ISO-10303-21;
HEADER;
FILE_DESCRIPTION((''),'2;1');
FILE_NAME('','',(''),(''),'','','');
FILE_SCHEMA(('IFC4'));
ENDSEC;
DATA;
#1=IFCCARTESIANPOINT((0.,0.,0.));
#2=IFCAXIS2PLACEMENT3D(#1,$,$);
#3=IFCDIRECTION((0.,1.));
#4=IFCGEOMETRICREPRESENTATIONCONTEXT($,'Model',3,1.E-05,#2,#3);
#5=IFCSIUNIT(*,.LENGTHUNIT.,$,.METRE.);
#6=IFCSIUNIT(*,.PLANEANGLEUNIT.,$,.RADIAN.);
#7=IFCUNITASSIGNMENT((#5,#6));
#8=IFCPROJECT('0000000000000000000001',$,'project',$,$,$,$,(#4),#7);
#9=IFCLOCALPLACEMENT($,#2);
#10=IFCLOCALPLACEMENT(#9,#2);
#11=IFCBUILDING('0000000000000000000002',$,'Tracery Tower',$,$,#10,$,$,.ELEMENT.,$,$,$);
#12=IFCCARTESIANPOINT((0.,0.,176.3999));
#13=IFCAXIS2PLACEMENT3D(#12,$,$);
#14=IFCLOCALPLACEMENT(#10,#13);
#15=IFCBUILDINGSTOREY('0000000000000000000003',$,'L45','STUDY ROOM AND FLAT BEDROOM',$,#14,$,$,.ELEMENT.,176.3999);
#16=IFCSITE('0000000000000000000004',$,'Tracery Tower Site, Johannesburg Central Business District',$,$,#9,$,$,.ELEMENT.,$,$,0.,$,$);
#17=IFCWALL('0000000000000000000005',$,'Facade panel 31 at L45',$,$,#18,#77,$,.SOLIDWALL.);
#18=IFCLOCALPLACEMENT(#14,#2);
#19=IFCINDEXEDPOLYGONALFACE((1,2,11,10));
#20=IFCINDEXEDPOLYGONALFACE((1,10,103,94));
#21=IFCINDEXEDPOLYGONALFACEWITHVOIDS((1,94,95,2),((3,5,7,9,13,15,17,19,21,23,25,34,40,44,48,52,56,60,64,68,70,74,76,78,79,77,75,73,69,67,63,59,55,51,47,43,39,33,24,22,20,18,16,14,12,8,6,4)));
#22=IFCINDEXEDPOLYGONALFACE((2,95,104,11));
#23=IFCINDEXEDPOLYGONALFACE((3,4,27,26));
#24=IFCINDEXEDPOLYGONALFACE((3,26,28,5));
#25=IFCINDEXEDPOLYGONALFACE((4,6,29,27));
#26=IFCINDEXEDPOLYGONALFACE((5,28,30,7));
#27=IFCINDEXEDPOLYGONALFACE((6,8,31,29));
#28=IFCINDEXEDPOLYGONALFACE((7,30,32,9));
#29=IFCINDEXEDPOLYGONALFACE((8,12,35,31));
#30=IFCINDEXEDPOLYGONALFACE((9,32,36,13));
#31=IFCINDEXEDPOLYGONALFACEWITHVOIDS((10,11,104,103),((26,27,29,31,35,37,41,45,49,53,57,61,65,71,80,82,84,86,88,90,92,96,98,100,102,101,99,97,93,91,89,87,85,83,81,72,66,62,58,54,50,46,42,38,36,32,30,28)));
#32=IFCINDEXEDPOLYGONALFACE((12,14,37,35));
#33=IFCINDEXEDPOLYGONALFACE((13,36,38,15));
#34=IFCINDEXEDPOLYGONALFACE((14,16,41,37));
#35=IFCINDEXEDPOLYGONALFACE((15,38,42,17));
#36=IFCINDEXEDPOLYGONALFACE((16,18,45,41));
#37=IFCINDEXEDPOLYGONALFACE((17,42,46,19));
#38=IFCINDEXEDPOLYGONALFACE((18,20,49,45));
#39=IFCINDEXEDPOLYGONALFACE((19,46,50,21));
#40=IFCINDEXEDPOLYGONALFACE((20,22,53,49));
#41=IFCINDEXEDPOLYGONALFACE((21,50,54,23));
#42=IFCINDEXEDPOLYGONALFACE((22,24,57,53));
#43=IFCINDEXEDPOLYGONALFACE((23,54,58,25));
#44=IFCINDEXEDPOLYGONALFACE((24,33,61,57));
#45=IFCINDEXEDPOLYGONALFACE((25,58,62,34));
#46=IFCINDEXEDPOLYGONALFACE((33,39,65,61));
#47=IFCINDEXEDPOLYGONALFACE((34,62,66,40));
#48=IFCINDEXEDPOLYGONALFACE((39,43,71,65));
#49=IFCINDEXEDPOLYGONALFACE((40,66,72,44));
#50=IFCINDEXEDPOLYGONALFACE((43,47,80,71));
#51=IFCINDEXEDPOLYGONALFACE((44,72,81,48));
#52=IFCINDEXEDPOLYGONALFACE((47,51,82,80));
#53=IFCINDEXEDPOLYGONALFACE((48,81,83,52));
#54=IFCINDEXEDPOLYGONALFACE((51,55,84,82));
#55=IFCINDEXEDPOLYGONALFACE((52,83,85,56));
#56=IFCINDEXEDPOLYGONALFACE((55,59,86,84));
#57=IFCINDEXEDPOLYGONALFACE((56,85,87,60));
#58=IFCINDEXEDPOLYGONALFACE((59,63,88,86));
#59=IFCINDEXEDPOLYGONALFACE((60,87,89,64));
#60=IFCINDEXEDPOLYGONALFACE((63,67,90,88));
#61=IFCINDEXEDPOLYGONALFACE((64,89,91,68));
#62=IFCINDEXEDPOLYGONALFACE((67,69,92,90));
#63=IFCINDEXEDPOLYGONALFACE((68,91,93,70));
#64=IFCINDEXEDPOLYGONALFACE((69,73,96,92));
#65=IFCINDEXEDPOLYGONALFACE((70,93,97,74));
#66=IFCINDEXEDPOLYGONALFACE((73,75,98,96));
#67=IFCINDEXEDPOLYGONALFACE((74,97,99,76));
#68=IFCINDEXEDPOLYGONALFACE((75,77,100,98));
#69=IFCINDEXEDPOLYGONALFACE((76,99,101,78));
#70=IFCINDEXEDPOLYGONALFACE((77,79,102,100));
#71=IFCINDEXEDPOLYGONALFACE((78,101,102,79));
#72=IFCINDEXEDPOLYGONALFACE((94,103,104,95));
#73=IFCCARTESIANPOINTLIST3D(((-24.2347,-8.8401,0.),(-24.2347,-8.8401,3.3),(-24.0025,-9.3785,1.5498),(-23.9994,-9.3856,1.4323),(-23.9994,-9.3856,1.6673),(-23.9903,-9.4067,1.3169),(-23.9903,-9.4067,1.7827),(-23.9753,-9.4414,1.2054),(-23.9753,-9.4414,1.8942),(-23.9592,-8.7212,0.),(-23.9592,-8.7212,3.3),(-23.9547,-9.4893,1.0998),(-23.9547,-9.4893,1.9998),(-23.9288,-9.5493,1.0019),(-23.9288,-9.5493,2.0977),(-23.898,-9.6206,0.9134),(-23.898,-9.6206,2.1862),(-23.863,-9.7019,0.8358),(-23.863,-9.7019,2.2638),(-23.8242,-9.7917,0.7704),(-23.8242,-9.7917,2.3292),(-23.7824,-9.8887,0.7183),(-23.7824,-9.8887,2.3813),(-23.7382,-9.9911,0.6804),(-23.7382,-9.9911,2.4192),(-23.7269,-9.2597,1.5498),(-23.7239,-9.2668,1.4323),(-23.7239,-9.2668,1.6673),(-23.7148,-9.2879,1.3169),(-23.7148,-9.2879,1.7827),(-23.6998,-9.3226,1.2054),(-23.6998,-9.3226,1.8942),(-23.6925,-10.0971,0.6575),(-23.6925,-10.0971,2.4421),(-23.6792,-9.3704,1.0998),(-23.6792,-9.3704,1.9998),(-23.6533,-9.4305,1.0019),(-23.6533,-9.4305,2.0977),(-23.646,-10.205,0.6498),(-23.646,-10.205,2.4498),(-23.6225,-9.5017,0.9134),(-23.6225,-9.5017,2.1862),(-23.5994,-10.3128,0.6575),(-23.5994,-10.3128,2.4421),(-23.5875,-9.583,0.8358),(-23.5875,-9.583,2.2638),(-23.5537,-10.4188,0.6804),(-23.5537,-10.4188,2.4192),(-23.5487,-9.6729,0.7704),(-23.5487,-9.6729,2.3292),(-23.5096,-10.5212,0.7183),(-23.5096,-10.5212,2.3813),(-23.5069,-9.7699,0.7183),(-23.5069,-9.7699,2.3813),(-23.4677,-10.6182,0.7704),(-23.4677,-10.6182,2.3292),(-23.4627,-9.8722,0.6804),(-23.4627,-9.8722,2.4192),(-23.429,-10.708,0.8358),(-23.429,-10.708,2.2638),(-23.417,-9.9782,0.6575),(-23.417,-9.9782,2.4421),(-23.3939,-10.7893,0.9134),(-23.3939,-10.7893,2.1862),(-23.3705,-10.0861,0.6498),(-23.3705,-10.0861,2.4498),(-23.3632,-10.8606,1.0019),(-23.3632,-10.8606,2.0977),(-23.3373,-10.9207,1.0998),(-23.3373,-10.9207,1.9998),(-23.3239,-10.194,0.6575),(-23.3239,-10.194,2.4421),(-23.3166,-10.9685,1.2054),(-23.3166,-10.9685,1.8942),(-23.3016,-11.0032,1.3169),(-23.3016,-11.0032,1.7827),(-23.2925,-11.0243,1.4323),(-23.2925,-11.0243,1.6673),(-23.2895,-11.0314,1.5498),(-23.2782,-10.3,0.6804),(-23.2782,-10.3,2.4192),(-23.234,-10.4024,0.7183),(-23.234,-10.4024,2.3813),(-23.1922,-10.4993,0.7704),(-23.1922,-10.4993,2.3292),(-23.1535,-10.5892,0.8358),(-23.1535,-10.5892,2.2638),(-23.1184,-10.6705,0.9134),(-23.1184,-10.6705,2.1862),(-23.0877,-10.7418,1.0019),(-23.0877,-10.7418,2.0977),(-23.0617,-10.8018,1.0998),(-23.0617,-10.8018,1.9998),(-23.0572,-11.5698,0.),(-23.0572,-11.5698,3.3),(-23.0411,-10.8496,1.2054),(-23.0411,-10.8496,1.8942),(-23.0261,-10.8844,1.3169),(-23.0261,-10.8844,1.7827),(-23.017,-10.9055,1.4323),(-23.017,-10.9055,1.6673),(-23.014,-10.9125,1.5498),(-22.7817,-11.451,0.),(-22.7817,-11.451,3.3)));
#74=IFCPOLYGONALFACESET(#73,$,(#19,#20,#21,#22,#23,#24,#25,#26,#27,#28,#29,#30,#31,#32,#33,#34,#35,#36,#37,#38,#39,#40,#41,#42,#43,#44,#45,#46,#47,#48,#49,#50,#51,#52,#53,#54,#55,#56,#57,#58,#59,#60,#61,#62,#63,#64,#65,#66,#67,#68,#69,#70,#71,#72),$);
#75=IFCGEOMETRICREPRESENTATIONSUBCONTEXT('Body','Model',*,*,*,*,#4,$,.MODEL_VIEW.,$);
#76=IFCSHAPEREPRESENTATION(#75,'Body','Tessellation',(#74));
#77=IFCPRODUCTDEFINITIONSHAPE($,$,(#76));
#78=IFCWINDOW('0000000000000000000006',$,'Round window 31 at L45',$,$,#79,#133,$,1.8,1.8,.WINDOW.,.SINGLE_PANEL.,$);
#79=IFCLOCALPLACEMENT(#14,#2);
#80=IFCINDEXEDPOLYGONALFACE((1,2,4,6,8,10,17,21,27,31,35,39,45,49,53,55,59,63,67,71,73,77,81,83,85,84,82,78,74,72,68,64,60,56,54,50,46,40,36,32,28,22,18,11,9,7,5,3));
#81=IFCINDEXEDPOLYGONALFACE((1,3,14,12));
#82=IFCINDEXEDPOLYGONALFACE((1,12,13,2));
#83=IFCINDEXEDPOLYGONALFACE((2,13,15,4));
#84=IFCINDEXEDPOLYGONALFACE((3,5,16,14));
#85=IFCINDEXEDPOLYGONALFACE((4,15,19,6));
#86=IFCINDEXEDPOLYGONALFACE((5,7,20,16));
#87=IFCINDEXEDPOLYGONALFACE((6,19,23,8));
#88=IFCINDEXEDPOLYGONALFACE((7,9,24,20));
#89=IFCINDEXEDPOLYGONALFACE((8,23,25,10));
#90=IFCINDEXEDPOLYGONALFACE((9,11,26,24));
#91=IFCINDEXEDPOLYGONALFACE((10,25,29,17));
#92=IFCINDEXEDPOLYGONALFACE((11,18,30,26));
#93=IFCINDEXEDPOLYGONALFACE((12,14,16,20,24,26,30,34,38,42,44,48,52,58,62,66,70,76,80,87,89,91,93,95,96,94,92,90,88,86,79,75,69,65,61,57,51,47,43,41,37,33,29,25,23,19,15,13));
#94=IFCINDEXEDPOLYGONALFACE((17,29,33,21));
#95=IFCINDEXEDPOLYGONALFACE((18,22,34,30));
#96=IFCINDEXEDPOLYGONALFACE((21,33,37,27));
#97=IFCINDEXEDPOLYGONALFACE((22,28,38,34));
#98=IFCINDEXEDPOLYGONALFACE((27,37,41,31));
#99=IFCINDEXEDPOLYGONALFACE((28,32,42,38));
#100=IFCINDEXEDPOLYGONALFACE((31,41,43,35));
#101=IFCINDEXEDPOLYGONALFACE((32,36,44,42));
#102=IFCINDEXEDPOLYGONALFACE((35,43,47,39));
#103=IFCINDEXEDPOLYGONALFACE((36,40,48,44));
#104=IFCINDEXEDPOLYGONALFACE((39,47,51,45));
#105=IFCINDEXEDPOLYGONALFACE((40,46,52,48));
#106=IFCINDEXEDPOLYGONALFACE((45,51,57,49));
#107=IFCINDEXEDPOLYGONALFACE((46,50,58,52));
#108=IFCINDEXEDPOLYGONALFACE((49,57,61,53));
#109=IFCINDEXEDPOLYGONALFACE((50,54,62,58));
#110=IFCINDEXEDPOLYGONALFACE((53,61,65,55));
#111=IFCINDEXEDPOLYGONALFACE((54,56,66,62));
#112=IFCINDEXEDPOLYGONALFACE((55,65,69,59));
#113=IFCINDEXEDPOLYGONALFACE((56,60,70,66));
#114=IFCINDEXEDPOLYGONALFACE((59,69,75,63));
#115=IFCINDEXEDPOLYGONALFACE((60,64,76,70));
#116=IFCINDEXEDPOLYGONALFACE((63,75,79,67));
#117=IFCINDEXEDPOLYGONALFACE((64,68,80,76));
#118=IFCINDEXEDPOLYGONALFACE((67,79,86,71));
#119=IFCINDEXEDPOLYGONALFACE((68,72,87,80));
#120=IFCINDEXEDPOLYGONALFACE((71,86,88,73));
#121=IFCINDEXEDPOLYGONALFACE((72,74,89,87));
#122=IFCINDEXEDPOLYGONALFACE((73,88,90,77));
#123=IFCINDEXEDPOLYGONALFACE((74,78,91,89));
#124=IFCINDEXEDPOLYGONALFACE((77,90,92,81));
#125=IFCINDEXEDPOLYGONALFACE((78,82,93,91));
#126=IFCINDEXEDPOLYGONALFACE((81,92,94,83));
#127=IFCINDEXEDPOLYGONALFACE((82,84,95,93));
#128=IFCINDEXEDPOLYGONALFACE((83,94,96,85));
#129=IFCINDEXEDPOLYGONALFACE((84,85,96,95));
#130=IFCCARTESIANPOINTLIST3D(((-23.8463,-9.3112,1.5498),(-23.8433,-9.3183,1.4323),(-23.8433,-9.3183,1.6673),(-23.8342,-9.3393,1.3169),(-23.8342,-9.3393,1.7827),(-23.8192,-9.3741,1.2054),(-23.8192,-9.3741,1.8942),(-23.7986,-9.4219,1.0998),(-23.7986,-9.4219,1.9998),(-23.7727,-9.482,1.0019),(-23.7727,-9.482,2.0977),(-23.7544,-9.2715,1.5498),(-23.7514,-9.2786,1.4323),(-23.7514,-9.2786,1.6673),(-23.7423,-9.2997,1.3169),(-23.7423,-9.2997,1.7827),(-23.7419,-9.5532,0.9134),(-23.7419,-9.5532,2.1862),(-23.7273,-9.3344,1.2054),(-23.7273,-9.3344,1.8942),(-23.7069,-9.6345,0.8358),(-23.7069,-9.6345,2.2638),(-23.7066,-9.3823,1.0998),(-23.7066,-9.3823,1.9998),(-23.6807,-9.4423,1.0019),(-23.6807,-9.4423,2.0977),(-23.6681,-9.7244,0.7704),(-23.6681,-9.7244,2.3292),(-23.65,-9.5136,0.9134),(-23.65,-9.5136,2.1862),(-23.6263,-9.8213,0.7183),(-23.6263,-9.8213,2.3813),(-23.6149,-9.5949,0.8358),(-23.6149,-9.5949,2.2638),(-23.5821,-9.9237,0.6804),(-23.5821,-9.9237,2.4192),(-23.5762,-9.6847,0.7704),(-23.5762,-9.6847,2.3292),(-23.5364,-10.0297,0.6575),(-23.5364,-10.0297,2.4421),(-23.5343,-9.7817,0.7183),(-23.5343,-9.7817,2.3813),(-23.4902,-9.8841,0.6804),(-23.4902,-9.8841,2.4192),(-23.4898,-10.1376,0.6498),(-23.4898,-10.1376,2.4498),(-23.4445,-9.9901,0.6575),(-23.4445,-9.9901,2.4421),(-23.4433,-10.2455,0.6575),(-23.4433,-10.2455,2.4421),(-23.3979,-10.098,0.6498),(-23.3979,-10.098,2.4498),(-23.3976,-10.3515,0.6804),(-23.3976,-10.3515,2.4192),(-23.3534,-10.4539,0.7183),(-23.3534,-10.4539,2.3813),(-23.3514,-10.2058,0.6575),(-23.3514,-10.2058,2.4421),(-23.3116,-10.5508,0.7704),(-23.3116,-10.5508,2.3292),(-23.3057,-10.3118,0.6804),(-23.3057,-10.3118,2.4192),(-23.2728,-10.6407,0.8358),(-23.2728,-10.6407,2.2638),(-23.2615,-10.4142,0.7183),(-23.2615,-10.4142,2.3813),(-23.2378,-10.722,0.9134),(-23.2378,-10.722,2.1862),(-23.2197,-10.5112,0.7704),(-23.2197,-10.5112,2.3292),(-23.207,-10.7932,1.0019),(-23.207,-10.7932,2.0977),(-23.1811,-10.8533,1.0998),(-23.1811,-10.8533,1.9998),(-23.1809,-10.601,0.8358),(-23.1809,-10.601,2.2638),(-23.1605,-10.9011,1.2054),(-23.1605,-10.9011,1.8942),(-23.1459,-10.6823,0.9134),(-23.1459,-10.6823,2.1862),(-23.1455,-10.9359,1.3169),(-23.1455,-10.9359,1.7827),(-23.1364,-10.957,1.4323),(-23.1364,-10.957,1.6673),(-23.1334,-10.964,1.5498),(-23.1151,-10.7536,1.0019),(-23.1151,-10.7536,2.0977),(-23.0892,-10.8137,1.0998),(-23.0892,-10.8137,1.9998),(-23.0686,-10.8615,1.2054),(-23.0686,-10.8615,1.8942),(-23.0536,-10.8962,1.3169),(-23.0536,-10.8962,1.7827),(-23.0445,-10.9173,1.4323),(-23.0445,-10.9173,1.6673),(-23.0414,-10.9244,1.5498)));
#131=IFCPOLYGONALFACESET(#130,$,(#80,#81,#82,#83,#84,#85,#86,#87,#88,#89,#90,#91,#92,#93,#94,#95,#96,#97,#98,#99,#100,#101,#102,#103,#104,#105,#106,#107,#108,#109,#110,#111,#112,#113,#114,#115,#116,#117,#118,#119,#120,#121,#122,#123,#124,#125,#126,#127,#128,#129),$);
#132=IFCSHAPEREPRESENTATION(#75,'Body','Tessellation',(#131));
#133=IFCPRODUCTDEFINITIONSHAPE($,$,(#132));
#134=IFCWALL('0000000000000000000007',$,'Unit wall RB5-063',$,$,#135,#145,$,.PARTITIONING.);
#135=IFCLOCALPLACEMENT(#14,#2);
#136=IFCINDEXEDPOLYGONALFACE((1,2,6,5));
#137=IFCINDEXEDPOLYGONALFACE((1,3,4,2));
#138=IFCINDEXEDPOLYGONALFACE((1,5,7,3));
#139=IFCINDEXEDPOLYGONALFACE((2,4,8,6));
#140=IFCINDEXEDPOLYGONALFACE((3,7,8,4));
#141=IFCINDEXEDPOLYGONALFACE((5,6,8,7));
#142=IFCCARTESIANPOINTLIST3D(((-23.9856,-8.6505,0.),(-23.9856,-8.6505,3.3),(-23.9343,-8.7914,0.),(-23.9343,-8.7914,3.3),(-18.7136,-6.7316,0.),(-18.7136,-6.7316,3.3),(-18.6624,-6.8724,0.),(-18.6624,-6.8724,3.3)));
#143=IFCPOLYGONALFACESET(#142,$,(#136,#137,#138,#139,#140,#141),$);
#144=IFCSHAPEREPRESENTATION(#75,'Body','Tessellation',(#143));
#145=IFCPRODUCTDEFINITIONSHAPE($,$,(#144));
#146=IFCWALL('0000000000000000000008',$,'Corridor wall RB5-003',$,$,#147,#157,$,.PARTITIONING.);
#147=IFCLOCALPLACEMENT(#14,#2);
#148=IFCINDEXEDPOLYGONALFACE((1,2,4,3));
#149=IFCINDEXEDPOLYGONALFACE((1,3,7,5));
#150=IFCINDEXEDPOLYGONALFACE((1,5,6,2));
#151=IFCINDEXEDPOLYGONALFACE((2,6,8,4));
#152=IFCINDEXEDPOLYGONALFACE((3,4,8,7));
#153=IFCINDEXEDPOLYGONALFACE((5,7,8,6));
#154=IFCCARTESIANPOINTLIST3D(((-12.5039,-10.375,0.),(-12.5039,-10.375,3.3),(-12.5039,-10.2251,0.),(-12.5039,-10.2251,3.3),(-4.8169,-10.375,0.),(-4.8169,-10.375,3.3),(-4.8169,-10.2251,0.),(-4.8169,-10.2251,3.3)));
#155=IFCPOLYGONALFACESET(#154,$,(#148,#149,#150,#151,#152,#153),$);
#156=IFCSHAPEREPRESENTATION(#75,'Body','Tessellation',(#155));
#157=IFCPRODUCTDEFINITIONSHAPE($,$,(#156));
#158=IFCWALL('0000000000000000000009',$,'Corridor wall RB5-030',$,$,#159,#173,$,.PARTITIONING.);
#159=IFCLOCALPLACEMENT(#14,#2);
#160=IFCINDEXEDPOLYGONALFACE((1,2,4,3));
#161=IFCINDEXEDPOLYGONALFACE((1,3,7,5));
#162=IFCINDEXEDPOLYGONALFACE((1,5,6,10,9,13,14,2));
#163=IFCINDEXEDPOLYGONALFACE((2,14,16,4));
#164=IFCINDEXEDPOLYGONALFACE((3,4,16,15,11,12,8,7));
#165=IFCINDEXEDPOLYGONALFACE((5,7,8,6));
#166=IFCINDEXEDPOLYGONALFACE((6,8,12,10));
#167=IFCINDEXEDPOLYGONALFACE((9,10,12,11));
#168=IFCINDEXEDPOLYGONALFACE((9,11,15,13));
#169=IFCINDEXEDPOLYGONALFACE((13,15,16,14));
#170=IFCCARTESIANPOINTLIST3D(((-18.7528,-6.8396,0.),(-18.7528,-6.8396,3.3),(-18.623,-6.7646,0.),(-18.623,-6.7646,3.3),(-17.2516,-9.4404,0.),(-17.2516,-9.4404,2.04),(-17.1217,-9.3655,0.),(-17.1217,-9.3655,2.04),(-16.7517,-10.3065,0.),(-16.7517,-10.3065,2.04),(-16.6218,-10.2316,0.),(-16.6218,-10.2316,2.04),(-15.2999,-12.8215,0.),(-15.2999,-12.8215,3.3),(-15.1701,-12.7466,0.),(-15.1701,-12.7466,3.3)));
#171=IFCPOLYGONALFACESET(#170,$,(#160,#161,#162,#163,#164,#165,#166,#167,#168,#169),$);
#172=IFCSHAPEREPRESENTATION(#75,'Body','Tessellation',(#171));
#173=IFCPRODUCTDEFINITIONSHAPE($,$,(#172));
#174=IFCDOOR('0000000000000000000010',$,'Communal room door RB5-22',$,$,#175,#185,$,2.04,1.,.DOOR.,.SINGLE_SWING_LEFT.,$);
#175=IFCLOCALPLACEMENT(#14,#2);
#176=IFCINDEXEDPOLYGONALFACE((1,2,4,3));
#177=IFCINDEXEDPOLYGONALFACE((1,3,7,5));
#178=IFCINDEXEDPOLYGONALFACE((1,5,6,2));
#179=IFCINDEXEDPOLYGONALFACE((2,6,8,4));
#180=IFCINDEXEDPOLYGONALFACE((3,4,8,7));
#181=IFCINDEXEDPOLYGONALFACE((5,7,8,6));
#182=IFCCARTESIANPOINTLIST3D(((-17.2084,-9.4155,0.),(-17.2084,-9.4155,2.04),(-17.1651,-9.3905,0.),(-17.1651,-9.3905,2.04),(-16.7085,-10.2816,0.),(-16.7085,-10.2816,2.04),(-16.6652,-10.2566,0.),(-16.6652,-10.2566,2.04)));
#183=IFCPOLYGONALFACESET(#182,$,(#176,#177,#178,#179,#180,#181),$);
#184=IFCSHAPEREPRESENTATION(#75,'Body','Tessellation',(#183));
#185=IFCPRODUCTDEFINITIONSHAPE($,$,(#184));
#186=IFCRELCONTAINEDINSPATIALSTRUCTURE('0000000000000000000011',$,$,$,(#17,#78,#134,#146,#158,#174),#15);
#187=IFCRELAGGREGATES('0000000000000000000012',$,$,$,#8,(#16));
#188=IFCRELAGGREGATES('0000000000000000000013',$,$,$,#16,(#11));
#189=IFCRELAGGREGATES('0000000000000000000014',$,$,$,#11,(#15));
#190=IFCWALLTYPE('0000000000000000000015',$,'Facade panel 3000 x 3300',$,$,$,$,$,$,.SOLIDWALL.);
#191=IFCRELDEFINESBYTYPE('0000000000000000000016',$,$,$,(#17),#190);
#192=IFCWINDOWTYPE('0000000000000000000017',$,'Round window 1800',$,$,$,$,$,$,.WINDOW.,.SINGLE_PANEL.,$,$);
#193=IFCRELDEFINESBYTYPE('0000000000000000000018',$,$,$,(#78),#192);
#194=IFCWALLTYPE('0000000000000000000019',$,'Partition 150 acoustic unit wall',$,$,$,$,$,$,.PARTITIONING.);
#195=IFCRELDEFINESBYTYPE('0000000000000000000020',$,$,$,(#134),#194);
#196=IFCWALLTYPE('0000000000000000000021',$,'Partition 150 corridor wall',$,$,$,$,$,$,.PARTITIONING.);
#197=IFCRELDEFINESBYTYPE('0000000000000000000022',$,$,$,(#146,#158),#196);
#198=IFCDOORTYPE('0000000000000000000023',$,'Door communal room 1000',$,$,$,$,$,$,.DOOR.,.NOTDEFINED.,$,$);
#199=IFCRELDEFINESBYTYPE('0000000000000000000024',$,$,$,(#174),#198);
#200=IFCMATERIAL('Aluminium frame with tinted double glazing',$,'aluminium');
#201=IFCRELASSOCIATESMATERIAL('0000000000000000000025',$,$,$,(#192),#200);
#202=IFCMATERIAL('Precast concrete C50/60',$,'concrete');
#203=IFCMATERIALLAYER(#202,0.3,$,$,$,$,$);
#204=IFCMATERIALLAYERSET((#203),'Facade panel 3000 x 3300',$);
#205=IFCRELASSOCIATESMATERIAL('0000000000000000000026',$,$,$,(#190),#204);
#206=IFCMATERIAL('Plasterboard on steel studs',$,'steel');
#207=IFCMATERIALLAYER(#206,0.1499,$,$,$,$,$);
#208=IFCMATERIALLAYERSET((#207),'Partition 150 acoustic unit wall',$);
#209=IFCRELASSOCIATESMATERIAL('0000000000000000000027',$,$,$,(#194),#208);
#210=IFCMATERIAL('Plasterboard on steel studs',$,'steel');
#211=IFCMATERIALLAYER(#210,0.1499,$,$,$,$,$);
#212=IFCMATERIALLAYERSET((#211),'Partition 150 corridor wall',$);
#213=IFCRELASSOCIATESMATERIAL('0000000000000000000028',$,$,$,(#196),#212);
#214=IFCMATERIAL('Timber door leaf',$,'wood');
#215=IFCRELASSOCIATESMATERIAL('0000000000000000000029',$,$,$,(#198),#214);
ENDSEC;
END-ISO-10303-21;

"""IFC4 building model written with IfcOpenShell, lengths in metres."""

from ifc_helpers import new_model, si_unit, direction, frame, frame_2d, origin, origin_2d, place, context, subcontext, project, spatial, rectangle, circle, extrude, material, layer, layer_set, type_object, element, fill, save


model = new_model("IFC4")

# Units and contexts
model_context = context("Model", 3, precision=1e-05, world=origin(), true_north=direction((0.0, 1.0)))
body_context = subcontext(model_context, "Body", "Model", "MODEL_VIEW")
ifc_project = project(units=[si_unit("LENGTHUNIT", "METRE"), si_unit("PLANEANGLEUNIT", "RADIAN")], contexts=[model_context])

# Site, building, storey
site_placement = place(None, origin())
site = spatial("IfcSite", under=ifc_project, at=site_placement, Name="Tracery Tower Site, Johannesburg Central Business District", CompositionType="ELEMENT", RefElevation=0.0)
building_placement = place(site_placement, origin())
building = spatial("IfcBuilding", under=site, at=building_placement, Name="Tracery Tower", CompositionType="ELEMENT")
storey_placement = place(building_placement, frame((0.0, 0.0, 176.3999)))
storey = spatial("IfcBuildingStorey", under=building, at=storey_placement, Name="L45", Description="STUDY ROOM AND FLAT BEDROOM", CompositionType="ELEMENT", Elevation=176.3999)

# Wall, opening, window
ifc_material_1 = material(Name="Aluminium frame with tinted double glazing", Category="aluminium")
window_type = type_object("IfcWindowType", Name="Round window 1800", PartitioningType="SINGLE_PANEL", PredefinedType="WINDOW", material=ifc_material_1)
ifc_material_2 = material(Name="Precast concrete C50/60", Category="concrete")
ifc_layer_1 = layer(ifc_material_2, 0.3)
ifc_layer_set_1 = layer_set([ifc_layer_1], Name="Facade panel 3000 x 3300")
wall_type_1 = type_object("IfcWallType", Name="Facade panel 3000 x 3300", PredefinedType="SOLIDWALL", material=ifc_layer_set_1)
wall_1_placement = place(storey_placement, frame((-24.0969, -8.7808, 0.0), z_axis=(0.0, 0.0, 1.0), x_axis=(0.396079, -0.918216, 0.0)))
wall_1 = element("IfcWall", 1, at=wall_1_placement, inside=storey, type_object=wall_type_1, Name="Facade panel 31 at L45", PredefinedType="SOLIDWALL", context=body_context, shape_type="SweptSolid", body=[
    extrude(rectangle(XDim=2.9729, YDim=0.3, at=frame_2d((1.4863, 0.0))), origin(), (0.0, 0.0, 1.0), 3.3),
])
opening_1_placement = place(wall_1_placement, frame((1.4863, 0.0, 1.5498)))
opening_1 = element("IfcOpeningElement", 2, at=opening_1_placement, cuts=wall_1, PredefinedType="OPENING", context=body_context, shape_type="SweptSolid", body=[
    extrude(circle(Radius=0.9, at=origin_2d()), frame((0.0, 0.1599, 0.0), z_axis=(0.0, -1.0, 0.0), x_axis=(1.0, 0.0, 0.0)), (0.0, 0.0, 1.0), 0.3201),
])
window_1_placement = place(opening_1_placement, origin())
window_1 = element("IfcWindow", 3, at=window_1_placement, inside=storey, type_object=window_type, Name="Round window 31 at L45", OverallHeight=1.8, OverallWidth=1.8, PartitioningType="SINGLE_PANEL", PredefinedType="WINDOW", context=body_context, shape_type="SweptSolid", body=[
    extrude(circle(Radius=0.9, at=origin_2d()), frame((0.0, 0.1201, 0.0), z_axis=(0.0, -1.0, 0.0), x_axis=(1.0, 0.0, 0.0)), (0.0, 0.0, 1.0), 0.1001),
])
fill(opening_1, window_1)

# Walls
ifc_material_3 = material(Name="Plasterboard on steel studs", Category="steel")
ifc_layer_2 = layer(ifc_material_3, 0.1499)
ifc_layer_set_2 = layer_set([ifc_layer_2], Name="Partition 150 acoustic unit wall")
wall_type_2 = type_object("IfcWallType", Name="Partition 150 acoustic unit wall", PredefinedType="PARTITIONING", material=ifc_layer_set_2)
wall_2_placement = place(storey_placement, frame((-23.96, -8.7209, 0.0), z_axis=(0.0, 0.0, 1.0), x_axis=(0.939687, 0.342037, 0.0)))
element("IfcWall", 4, at=wall_2_placement, inside=storey, type_object=wall_type_2, Name="Unit wall RB5-063", PredefinedType="PARTITIONING", context=body_context, shape_type="SweptSolid", body=[
    extrude(rectangle(XDim=5.6104, YDim=0.1499, at=frame_2d((2.8052, 0.0))), origin(), (0.0, 0.0, 1.0), 3.3),
])
ifc_material_4 = material(Name="Plasterboard on steel studs", Category="steel")
ifc_layer_3 = layer(ifc_material_4, 0.1499)
ifc_layer_set_3 = layer_set([ifc_layer_3], Name="Partition 150 corridor wall")
wall_type_3 = type_object("IfcWallType", Name="Partition 150 corridor wall", PredefinedType="PARTITIONING", material=ifc_layer_set_3)
wall_3_placement = place(storey_placement, frame((-12.5039, -10.3, 0.0), z_axis=(0.0, 0.0, 1.0), x_axis=(1.0, 0.0, 0.0)))
element("IfcWall", 5, at=wall_3_placement, inside=storey, type_object=wall_type_3, Name="Corridor wall RB5-003", PredefinedType="PARTITIONING", context=body_context, shape_type="SweptSolid", body=[
    extrude(rectangle(XDim=7.687, YDim=0.1499, at=frame_2d((3.8435, 0.0))), origin(), (0.0, 0.0, 1.0), 3.3),
])

# Wall, opening, door
wall_4_placement = place(storey_placement, frame((-18.688, -6.802, 0.0), z_axis=(0.0, 0.0, 1.0), x_axis=(0.499914, -0.866075, 0.0)))
wall_4 = element("IfcWall", 6, at=wall_4_placement, inside=storey, type_object=wall_type_3, Name="Corridor wall RB5-030", PredefinedType="PARTITIONING", context=body_context, shape_type="SweptSolid", body=[
    extrude(rectangle(XDim=6.907, YDim=0.1499, at=frame_2d((3.4536, 0.0))), origin(), (0.0, 0.0, 1.0), 3.3),
])
opening_2_placement = place(wall_4_placement, frame((3.0032, 0.0, 0.0)))
opening_2 = element("IfcOpeningElement", 7, at=opening_2_placement, cuts=wall_4, PredefinedType="OPENING", context=body_context, shape_type="SweptSolid", body=[
    extrude(rectangle(XDim=1.0, YDim=2.04, at=frame_2d((0.5, 1.02))), frame((0.0, 0.075, 0.0), z_axis=(0.0, -1.0, 0.0), x_axis=(1.0, 0.0, 0.0)), (0.0, 0.0, 1.0), 0.1499),
])
ifc_material_5 = material(Name="Timber door leaf", Category="wood")
door_type_1 = type_object("IfcDoorType", Name="Door communal room 1000", OperationType="NOTDEFINED", PredefinedType="DOOR", material=ifc_material_5)
door_1_placement = place(opening_2_placement, origin())
door_1 = element("IfcDoor", 8, at=door_1_placement, inside=storey, type_object=door_type_1, Name="Communal room door RB5-22", OperationType="SINGLE_SWING_LEFT", OverallHeight=2.04, OverallWidth=1.0, PredefinedType="DOOR", context=body_context, shape_type="SweptSolid", body=[
    extrude(rectangle(XDim=1.0, YDim=2.04, at=frame_2d((0.5, 1.02))), frame((0.0, 0.0249, 0.0), z_axis=(0.0, -1.0, 0.0), x_axis=(1.0, 0.0, 0.0)), (0.0, 0.0, 1.0), 0.05),
])
fill(opening_2, door_1)

save(model, "model.ifc")
